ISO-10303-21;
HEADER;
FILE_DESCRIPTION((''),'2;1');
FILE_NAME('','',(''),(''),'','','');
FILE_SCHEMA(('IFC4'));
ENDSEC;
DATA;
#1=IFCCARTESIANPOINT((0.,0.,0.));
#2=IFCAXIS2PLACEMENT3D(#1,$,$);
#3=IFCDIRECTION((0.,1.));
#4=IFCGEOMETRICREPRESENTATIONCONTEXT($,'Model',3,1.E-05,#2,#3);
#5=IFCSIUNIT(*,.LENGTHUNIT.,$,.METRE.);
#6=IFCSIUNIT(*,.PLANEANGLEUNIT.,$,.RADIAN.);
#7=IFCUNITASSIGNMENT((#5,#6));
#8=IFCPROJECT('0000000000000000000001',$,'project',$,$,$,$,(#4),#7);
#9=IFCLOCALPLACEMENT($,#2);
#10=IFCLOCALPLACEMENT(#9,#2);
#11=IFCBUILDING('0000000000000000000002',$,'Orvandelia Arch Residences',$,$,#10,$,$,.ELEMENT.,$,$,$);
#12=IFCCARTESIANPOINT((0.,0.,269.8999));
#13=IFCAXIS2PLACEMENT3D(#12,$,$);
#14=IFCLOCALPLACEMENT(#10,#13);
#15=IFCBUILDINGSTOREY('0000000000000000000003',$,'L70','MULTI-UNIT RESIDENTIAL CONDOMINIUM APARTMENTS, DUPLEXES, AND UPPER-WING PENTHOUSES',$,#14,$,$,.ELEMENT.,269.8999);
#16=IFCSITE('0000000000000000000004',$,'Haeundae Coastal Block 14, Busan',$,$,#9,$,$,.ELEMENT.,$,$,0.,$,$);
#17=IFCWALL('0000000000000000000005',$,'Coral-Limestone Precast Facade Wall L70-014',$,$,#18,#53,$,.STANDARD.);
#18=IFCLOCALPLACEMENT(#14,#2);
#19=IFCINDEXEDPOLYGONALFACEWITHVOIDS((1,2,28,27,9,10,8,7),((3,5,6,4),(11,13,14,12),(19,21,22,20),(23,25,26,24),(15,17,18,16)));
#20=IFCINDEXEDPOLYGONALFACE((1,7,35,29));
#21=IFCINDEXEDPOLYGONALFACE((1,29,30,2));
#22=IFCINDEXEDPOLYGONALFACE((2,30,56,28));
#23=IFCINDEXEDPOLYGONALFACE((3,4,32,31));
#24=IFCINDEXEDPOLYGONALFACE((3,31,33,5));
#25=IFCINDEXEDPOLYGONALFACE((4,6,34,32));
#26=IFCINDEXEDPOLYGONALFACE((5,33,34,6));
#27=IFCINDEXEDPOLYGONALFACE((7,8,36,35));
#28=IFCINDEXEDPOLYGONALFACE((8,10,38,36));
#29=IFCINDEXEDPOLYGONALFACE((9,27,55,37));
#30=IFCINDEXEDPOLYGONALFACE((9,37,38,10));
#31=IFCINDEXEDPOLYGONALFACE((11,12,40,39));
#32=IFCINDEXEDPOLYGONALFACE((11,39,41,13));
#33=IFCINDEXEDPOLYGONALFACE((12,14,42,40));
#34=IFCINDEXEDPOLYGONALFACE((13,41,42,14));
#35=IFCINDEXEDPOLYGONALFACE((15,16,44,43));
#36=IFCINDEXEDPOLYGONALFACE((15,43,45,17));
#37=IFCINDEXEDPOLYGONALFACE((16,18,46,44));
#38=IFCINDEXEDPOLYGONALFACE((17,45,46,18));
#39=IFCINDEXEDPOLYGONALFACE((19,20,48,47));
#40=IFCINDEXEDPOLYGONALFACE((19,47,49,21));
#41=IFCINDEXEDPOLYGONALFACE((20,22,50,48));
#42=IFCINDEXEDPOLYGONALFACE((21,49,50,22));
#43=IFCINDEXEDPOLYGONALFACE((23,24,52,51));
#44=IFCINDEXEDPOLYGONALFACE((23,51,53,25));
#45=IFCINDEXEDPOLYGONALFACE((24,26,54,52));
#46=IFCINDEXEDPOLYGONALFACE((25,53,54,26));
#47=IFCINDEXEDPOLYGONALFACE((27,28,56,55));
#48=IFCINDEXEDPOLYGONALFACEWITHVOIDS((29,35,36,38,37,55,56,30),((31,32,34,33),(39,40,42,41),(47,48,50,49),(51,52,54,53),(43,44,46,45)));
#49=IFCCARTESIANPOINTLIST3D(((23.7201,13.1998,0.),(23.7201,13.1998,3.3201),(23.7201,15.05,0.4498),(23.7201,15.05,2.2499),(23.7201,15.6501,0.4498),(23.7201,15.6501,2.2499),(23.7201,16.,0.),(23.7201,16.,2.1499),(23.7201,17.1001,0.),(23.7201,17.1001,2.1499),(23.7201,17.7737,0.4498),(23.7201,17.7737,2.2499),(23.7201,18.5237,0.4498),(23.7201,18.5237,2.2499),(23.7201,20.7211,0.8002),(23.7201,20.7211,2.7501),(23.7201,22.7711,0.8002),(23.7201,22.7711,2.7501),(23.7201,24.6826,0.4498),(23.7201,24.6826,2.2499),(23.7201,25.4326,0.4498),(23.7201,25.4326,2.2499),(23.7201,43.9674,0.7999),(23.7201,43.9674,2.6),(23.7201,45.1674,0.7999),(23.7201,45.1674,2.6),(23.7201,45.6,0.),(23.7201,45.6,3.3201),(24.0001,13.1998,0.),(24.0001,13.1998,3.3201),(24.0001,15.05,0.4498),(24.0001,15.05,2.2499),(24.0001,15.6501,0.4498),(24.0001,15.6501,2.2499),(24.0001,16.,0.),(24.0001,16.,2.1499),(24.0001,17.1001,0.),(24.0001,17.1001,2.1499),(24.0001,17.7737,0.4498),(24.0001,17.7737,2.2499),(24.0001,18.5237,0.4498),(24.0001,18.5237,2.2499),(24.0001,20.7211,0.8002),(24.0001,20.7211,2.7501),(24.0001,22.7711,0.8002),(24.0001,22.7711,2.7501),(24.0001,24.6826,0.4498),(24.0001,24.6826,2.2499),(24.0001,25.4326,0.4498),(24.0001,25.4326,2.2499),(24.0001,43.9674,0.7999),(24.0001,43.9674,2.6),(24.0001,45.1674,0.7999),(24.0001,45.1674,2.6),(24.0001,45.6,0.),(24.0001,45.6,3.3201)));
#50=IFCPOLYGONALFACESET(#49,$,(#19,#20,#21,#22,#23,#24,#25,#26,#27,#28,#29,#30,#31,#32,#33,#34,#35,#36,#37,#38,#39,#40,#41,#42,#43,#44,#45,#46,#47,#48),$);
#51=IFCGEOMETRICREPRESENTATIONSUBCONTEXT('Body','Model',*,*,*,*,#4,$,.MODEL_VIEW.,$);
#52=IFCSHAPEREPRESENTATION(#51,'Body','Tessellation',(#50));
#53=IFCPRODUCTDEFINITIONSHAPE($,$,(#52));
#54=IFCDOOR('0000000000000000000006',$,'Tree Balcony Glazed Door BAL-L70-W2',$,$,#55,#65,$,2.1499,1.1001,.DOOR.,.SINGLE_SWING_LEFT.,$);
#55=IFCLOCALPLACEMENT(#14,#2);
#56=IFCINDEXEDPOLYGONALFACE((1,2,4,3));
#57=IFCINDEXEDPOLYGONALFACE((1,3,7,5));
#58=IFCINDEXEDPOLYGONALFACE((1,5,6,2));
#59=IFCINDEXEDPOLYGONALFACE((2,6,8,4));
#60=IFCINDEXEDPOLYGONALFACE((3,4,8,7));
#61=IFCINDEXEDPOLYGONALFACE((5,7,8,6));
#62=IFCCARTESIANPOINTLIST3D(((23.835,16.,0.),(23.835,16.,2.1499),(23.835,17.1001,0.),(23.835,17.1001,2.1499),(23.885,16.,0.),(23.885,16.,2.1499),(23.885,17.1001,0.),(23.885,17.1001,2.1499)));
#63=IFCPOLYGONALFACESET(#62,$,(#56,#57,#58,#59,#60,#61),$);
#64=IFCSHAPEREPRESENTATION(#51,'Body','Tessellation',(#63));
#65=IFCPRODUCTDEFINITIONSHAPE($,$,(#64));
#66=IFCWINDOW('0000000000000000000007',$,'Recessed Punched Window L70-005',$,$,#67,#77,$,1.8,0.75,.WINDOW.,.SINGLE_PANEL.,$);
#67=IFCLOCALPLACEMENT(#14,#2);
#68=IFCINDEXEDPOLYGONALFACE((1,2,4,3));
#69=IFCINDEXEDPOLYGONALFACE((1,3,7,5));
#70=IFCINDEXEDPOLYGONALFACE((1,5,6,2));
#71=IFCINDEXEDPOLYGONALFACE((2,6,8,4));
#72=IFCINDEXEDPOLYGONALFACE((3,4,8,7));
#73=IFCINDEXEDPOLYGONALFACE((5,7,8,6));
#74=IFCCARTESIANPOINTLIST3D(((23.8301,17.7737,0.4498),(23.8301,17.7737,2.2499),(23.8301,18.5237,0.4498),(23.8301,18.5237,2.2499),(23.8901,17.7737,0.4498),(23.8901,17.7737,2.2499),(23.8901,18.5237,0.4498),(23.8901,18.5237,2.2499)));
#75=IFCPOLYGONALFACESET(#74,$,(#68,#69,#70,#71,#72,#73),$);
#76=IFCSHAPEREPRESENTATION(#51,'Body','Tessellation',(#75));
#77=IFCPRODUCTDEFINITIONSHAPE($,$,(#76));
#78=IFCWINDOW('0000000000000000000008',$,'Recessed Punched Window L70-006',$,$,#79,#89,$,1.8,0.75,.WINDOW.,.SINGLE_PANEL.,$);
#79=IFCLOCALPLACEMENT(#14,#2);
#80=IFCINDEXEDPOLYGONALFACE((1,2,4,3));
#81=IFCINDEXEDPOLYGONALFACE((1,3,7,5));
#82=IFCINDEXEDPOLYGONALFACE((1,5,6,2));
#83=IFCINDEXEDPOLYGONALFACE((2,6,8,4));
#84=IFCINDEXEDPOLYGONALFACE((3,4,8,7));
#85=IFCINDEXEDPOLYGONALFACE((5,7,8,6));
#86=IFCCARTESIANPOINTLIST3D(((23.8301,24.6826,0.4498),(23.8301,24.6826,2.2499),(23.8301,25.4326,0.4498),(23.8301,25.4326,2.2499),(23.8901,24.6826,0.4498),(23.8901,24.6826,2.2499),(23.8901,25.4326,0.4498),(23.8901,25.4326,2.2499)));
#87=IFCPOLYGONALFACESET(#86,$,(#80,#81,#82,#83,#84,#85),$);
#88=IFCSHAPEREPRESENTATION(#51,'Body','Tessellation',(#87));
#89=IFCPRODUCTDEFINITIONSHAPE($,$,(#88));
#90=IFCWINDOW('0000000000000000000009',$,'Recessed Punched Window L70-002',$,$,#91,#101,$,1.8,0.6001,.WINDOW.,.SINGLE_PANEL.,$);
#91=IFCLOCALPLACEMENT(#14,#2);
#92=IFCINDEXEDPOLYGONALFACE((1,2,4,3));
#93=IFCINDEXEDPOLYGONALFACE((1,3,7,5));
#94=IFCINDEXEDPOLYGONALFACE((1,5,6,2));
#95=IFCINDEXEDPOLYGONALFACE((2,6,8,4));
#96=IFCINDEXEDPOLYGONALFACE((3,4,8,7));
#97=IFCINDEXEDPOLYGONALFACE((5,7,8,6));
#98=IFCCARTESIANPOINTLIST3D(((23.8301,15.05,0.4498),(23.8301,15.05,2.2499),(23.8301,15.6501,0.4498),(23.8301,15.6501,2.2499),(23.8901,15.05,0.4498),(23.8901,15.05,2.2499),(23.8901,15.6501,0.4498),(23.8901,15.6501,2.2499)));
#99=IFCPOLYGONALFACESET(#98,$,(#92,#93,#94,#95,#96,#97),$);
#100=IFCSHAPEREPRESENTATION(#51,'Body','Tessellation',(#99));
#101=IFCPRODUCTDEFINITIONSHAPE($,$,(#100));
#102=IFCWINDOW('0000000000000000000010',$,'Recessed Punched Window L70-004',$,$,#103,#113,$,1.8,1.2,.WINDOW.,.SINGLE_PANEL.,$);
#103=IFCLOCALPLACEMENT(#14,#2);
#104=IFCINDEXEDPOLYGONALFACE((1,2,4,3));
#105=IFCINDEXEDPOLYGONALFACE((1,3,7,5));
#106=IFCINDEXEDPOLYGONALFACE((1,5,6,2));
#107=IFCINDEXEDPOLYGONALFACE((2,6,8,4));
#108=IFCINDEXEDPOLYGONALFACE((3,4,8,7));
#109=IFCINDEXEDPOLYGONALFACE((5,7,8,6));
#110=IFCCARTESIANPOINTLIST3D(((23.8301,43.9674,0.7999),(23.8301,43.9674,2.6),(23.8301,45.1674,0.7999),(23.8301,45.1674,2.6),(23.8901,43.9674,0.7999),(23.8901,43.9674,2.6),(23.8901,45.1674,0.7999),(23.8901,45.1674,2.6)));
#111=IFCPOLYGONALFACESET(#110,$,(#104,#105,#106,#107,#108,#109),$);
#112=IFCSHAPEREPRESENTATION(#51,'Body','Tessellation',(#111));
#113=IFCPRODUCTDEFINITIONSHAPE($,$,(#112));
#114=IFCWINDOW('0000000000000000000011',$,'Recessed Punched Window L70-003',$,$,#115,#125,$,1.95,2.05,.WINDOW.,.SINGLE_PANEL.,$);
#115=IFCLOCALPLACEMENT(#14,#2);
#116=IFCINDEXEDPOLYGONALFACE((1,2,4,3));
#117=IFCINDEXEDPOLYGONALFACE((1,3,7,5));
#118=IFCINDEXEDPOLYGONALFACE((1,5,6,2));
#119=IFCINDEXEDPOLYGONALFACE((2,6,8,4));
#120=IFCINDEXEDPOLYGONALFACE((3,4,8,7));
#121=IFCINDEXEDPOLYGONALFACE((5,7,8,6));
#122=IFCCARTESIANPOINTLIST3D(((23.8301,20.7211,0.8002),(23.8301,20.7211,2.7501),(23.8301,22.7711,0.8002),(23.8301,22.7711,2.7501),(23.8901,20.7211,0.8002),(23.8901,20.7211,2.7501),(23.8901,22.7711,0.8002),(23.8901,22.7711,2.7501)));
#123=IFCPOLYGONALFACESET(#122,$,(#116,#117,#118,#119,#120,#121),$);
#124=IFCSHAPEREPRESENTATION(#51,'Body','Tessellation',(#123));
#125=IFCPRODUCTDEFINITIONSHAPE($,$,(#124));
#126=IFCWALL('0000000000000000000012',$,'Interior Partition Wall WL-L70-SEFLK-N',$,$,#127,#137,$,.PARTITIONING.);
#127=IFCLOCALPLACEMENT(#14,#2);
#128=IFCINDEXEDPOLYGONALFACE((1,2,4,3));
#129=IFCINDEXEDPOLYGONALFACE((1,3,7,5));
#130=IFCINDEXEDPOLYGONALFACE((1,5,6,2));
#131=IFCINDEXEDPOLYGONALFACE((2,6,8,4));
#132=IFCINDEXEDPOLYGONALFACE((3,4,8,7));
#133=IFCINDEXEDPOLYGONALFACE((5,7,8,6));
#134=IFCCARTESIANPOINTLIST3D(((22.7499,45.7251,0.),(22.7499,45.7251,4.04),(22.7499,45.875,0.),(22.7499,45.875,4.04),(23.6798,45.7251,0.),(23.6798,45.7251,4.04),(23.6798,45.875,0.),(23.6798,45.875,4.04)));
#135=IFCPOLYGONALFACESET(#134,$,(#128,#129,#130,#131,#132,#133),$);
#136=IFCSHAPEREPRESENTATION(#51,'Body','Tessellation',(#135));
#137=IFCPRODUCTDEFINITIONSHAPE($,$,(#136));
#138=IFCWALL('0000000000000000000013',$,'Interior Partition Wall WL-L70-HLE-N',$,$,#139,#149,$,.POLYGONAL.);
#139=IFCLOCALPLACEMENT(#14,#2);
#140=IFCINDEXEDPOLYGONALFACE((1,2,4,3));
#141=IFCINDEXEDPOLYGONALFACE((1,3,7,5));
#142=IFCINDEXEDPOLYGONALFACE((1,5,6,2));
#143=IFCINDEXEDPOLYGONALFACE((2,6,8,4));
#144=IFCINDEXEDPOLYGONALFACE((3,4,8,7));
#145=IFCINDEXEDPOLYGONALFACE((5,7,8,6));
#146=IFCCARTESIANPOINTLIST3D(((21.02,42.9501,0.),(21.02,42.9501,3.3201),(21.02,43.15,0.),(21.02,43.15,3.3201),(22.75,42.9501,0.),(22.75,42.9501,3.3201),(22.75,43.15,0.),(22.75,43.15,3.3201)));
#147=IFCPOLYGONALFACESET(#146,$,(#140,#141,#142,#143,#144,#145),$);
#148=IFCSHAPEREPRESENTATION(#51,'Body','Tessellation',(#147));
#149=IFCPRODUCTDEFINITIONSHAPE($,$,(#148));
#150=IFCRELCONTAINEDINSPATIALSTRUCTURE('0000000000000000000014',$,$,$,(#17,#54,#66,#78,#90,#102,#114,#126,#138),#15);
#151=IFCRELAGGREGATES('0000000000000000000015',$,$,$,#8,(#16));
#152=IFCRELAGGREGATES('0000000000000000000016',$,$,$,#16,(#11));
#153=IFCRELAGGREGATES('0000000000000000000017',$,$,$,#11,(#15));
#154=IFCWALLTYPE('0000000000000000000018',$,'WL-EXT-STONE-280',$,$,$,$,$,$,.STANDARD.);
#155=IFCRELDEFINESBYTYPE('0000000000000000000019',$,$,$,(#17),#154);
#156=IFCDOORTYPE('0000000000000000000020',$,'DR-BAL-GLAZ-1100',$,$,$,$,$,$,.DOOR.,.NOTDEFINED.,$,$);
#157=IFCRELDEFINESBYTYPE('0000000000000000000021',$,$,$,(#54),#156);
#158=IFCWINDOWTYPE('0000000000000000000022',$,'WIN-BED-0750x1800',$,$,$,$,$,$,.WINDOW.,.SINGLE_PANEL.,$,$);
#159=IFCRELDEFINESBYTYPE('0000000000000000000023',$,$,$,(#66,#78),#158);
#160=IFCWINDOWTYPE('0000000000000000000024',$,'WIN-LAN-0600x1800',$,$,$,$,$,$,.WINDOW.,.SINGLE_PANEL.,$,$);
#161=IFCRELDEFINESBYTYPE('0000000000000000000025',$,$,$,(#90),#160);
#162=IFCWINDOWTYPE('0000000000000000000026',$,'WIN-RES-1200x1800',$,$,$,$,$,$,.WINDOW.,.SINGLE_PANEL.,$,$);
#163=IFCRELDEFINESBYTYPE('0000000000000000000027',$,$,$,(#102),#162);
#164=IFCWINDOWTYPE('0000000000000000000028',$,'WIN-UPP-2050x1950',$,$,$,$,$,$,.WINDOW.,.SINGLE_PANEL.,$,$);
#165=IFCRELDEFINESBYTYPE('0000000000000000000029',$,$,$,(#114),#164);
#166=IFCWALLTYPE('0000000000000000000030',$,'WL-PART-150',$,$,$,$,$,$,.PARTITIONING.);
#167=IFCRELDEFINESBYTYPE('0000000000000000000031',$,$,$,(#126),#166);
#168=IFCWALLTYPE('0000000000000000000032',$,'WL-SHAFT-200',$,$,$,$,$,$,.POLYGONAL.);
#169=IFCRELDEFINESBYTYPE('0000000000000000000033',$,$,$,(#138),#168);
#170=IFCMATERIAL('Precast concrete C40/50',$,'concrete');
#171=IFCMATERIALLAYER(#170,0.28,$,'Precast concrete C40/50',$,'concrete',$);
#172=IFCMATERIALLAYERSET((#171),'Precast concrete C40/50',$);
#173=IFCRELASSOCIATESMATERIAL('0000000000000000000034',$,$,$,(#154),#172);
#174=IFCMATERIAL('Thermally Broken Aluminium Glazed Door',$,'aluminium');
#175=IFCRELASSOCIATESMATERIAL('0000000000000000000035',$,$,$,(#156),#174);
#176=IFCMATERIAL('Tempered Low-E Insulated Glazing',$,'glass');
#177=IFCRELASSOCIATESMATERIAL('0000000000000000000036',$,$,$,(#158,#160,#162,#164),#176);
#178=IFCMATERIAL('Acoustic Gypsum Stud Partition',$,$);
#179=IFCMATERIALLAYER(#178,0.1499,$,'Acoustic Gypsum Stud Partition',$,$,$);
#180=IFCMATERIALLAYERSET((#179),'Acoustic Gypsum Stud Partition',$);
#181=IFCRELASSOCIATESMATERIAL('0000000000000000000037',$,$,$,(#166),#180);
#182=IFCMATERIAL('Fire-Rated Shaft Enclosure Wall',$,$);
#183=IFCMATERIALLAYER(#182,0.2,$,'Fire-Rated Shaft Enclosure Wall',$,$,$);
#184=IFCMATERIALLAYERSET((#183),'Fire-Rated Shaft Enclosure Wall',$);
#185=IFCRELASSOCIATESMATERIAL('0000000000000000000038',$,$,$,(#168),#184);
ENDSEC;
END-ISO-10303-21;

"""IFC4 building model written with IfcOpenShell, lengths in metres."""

from ifc_helpers import new_model, si_unit, direction, frame, frame_2d, origin, place, context, subcontext, project, spatial, rectangle, extrude, material, layer, layer_set, type_object, element, fill, save


model = new_model("IFC4")

# Units and contexts
model_context = context("Model", 3, precision=1e-05, world=origin(), true_north=direction((0.0, 1.0)))
body_context = subcontext(model_context, "Body", "Model", "MODEL_VIEW")
ifc_project = project(units=[si_unit("LENGTHUNIT", "METRE"), si_unit("PLANEANGLEUNIT", "RADIAN")], contexts=[model_context])

# Site, building, storey
site_placement = place(None, origin())
site = spatial("IfcSite", under=ifc_project, at=site_placement, Name="Haeundae Coastal Block 14, Busan", CompositionType="ELEMENT", RefElevation=0.0)
building_placement = place(site_placement, origin())
building = spatial("IfcBuilding", under=site, at=building_placement, Name="Orvandelia Arch Residences", CompositionType="ELEMENT")
storey_placement = place(building_placement, frame((0.0, 0.0, 269.8999)))
storey = spatial("IfcBuildingStorey", under=building, at=storey_placement, Name="L70", Description="MULTI-UNIT RESIDENTIAL CONDOMINIUM APARTMENTS, DUPLEXES, AND UPPER-WING PENTHOUSES", CompositionType="ELEMENT", Elevation=269.8999)

# Shared definitions
ifc_material_1 = material(Name="Precast concrete C40/50", Category="concrete")
ifc_layer_1 = layer(ifc_material_1, 0.28, Name="Precast concrete C40/50", Category="concrete")
ifc_layer_set_1 = layer_set([ifc_layer_1], Name="Precast concrete C40/50")
wall_type_1 = type_object("IfcWallType", Name="WL-EXT-STONE-280", PredefinedType="STANDARD", material=ifc_layer_set_1)

# Wall, openings, door, windows
wall_1_placement = place(storey_placement, frame((23.8601, 45.6001, 0.0), z_axis=(0.0, 0.0, 1.0), x_axis=(0.0, -1.0, 0.0)))
wall_1 = element("IfcWall", 1, at=wall_1_placement, inside=storey, type_object=wall_type_1, Name="Coral-Limestone Precast Facade Wall L70-014", PredefinedType="STANDARD", context=body_context, shape_type="SweptSolid", body=[
    extrude(rectangle(XDim=32.4001, YDim=0.28, at=frame_2d((16.2002, 0.0))), origin(), (0.0, 0.0, 1.0), 3.3201),
])
opening_1_placement = place(wall_1_placement, frame((28.5, 0.0, 0.0)))
opening_1 = element("IfcOpeningElement", 2, at=opening_1_placement, cuts=wall_1, PredefinedType="OPENING", context=body_context, shape_type="SweptSolid", body=[
    extrude(rectangle(XDim=1.1001, YDim=2.1499, at=frame_2d((0.55, 1.075))), frame((0.0, 0.1499, 0.0), z_axis=(0.0, -1.0, 0.0), x_axis=(1.0, 0.0, 0.0)), (0.0, 0.0, 1.0), 0.3),
])
opening_2_placement = place(wall_1_placement, frame((29.95, 0.0, 0.45)))
opening_2 = element("IfcOpeningElement", 3, at=opening_2_placement, cuts=wall_1, PredefinedType="OPENING", context=body_context, shape_type="SweptSolid", body=[
    extrude(rectangle(XDim=0.6001, YDim=1.8, at=frame_2d((0.3, 0.8999))), frame((0.0, 0.1499, 0.0), z_axis=(0.0, -1.0, 0.0), x_axis=(1.0, 0.0, 0.0)), (0.0, 0.0, 1.0), 0.3),
])
opening_3_placement = place(wall_1_placement, frame((22.8291, 0.0, 0.8)))
opening_3 = element("IfcOpeningElement", 4, at=opening_3_placement, cuts=wall_1, PredefinedType="OPENING", context=body_context, shape_type="SweptSolid", body=[
    extrude(rectangle(XDim=2.05, YDim=1.95, at=frame_2d((1.0249, 0.9751))), frame((0.0, 0.1499, 0.0), z_axis=(0.0, -1.0, 0.0), x_axis=(1.0, 0.0, 0.0)), (0.0, 0.0, 1.0), 0.3),
])
opening_4_placement = place(wall_1_placement, frame((0.4326, 0.0, 0.8)))
opening_4 = element("IfcOpeningElement", 5, at=opening_4_placement, cuts=wall_1, PredefinedType="OPENING", context=body_context, shape_type="SweptSolid", body=[
    extrude(rectangle(XDim=1.2, YDim=1.8, at=frame_2d((0.6001, 0.8999))), frame((0.0, 0.1499, 0.0), z_axis=(0.0, -1.0, 0.0), x_axis=(1.0, 0.0, 0.0)), (0.0, 0.0, 1.0), 0.3),
])
opening_5_placement = place(wall_1_placement, frame((27.0764, 0.0, 0.45)))
opening_5 = element("IfcOpeningElement", 6, at=opening_5_placement, cuts=wall_1, PredefinedType="OPENING", context=body_context, shape_type="SweptSolid", body=[
    extrude(rectangle(XDim=0.75, YDim=1.8, at=frame_2d((0.375, 0.8999))), frame((0.0, 0.1499, 0.0), z_axis=(0.0, -1.0, 0.0), x_axis=(1.0, 0.0, 0.0)), (0.0, 0.0, 1.0), 0.3),
])
opening_6_placement = place(wall_1_placement, frame((20.1675, 0.0, 0.45)))
opening_6 = element("IfcOpeningElement", 7, at=opening_6_placement, cuts=wall_1, PredefinedType="OPENING", context=body_context, shape_type="SweptSolid", body=[
    extrude(rectangle(XDim=0.75, YDim=1.8, at=frame_2d((0.375, 0.8999))), frame((0.0, 0.1499, 0.0), z_axis=(0.0, -1.0, 0.0), x_axis=(1.0, 0.0, 0.0)), (0.0, 0.0, 1.0), 0.3),
])
ifc_material_2 = material(Name="Thermally Broken Aluminium Glazed Door", Category="aluminium")
door_type_1 = type_object("IfcDoorType", Name="DR-BAL-GLAZ-1100", OperationType="NOTDEFINED", PredefinedType="DOOR", material=ifc_material_2)
door_1_placement = place(opening_1_placement, origin())
door_1 = element("IfcDoor", 8, at=door_1_placement, inside=storey, type_object=door_type_1, Name="Tree Balcony Glazed Door BAL-L70-W2", OperationType="SINGLE_SWING_LEFT", OverallHeight=2.1499, OverallWidth=1.1001, PredefinedType="DOOR", context=body_context, shape_type="SweptSolid", body=[
    extrude(rectangle(XDim=1.1001, YDim=2.1499, at=frame_2d((0.55, 1.075))), frame((0.0, 0.0249, 0.0), z_axis=(0.0, -1.0, 0.0), x_axis=(1.0, 0.0, 0.0)), (0.0, 0.0, 1.0), 0.05),
])
fill(opening_1, door_1)
ifc_material_3 = material(Name="Tempered Low-E Insulated Glazing", Category="glass")
window_type_1 = type_object("IfcWindowType", Name="WIN-BED-0750x1800", PartitioningType="SINGLE_PANEL", PredefinedType="WINDOW", material=ifc_material_3)
window_1_placement = place(opening_5_placement, origin())
window_1 = element("IfcWindow", 9, at=window_1_placement, inside=storey, type_object=window_type_1, Name="Recessed Punched Window L70-005", OverallHeight=1.8, OverallWidth=0.75, PartitioningType="SINGLE_PANEL", PredefinedType="WINDOW", context=body_context, shape_type="SweptSolid", body=[
    extrude(rectangle(XDim=0.75, YDim=1.8, at=frame_2d((0.375, 0.8999))), frame((0.0, 0.03, 0.0), z_axis=(0.0, -1.0, 0.0), x_axis=(1.0, 0.0, 0.0)), (0.0, 0.0, 1.0), 0.0601),
])
fill(opening_5, window_1)
window_2_placement = place(opening_6_placement, origin())
window_2 = element("IfcWindow", 10, at=window_2_placement, inside=storey, type_object=window_type_1, Name="Recessed Punched Window L70-006", OverallHeight=1.8, OverallWidth=0.75, PartitioningType="SINGLE_PANEL", PredefinedType="WINDOW", context=body_context, shape_type="SweptSolid", body=[
    extrude(rectangle(XDim=0.75, YDim=1.8, at=frame_2d((0.375, 0.8999))), frame((0.0, 0.03, 0.0), z_axis=(0.0, -1.0, 0.0), x_axis=(1.0, 0.0, 0.0)), (0.0, 0.0, 1.0), 0.0601),
])
fill(opening_6, window_2)
window_type_2 = type_object("IfcWindowType", Name="WIN-LAN-0600x1800", PartitioningType="SINGLE_PANEL", PredefinedType="WINDOW", material=ifc_material_3)
window_3_placement = place(opening_2_placement, origin())
window_3 = element("IfcWindow", 11, at=window_3_placement, inside=storey, type_object=window_type_2, Name="Recessed Punched Window L70-002", OverallHeight=1.8, OverallWidth=0.6001, PartitioningType="SINGLE_PANEL", PredefinedType="WINDOW", context=body_context, shape_type="SweptSolid", body=[
    extrude(rectangle(XDim=0.6001, YDim=1.8, at=frame_2d((0.3, 0.8999))), frame((0.0, 0.03, 0.0), z_axis=(0.0, -1.0, 0.0), x_axis=(1.0, 0.0, 0.0)), (0.0, 0.0, 1.0), 0.0601),
])
fill(opening_2, window_3)
window_type_3 = type_object("IfcWindowType", Name="WIN-RES-1200x1800", PartitioningType="SINGLE_PANEL", PredefinedType="WINDOW", material=ifc_material_3)
window_4_placement = place(opening_4_placement, origin())
window_4 = element("IfcWindow", 12, at=window_4_placement, inside=storey, type_object=window_type_3, Name="Recessed Punched Window L70-004", OverallHeight=1.8, OverallWidth=1.2, PartitioningType="SINGLE_PANEL", PredefinedType="WINDOW", context=body_context, shape_type="SweptSolid", body=[
    extrude(rectangle(XDim=1.2, YDim=1.8, at=frame_2d((0.6001, 0.8999))), frame((0.0, 0.03, 0.0), z_axis=(0.0, -1.0, 0.0), x_axis=(1.0, 0.0, 0.0)), (0.0, 0.0, 1.0), 0.0601),
])
fill(opening_4, window_4)
window_type_4 = type_object("IfcWindowType", Name="WIN-UPP-2050x1950", PartitioningType="SINGLE_PANEL", PredefinedType="WINDOW", material=ifc_material_3)
window_5_placement = place(opening_3_placement, origin())
window_5 = element("IfcWindow", 13, at=window_5_placement, inside=storey, type_object=window_type_4, Name="Recessed Punched Window L70-003", OverallHeight=1.95, OverallWidth=2.05, PartitioningType="SINGLE_PANEL", PredefinedType="WINDOW", context=body_context, shape_type="SweptSolid", body=[
    extrude(rectangle(XDim=2.05, YDim=1.95, at=frame_2d((1.0249, 0.9751))), frame((0.0, 0.03, 0.0), z_axis=(0.0, -1.0, 0.0), x_axis=(1.0, 0.0, 0.0)), (0.0, 0.0, 1.0), 0.0601),
])
fill(opening_3, window_5)

# Walls
ifc_material_4 = material(Name="Acoustic Gypsum Stud Partition")
ifc_layer_2 = layer(ifc_material_4, 0.1499, Name="Acoustic Gypsum Stud Partition")
ifc_layer_set_2 = layer_set([ifc_layer_2], Name="Acoustic Gypsum Stud Partition")
wall_type_2 = type_object("IfcWallType", Name="WL-PART-150", PredefinedType="PARTITIONING", material=ifc_layer_set_2)
wall_2_placement = place(storey_placement, frame((22.75, 45.8, 0.0), z_axis=(0.0, 0.0, 1.0), x_axis=(1.0, 0.0, 0.0)))
element("IfcWall", 14, at=wall_2_placement, inside=storey, type_object=wall_type_2, Name="Interior Partition Wall WL-L70-SEFLK-N", PredefinedType="PARTITIONING", context=body_context, shape_type="SweptSolid", body=[
    extrude(rectangle(XDim=0.9299, YDim=0.1499, at=frame_2d((0.4648, 0.0))), origin(), (0.0, 0.0, 1.0), 4.04),
])
ifc_material_5 = material(Name="Fire-Rated Shaft Enclosure Wall")
ifc_layer_3 = layer(ifc_material_5, 0.2, Name="Fire-Rated Shaft Enclosure Wall")
ifc_layer_set_3 = layer_set([ifc_layer_3], Name="Fire-Rated Shaft Enclosure Wall")
wall_type_3 = type_object("IfcWallType", Name="WL-SHAFT-200", PredefinedType="POLYGONAL", material=ifc_layer_set_3)
wall_3_placement = place(storey_placement, frame((21.02, 43.05, 0.0), z_axis=(0.0, 0.0, 1.0), x_axis=(1.0, 0.0, 0.0)))
element("IfcWall", 15, at=wall_3_placement, inside=storey, type_object=wall_type_3, Name="Interior Partition Wall WL-L70-HLE-N", PredefinedType="POLYGONAL", context=body_context, shape_type="SweptSolid", body=[
    extrude(rectangle(XDim=1.73, YDim=0.2, at=frame_2d((0.865, 0.0))), origin(), (0.0, 0.0, 1.0), 3.3201),
])

save(model, "model.ifc")
